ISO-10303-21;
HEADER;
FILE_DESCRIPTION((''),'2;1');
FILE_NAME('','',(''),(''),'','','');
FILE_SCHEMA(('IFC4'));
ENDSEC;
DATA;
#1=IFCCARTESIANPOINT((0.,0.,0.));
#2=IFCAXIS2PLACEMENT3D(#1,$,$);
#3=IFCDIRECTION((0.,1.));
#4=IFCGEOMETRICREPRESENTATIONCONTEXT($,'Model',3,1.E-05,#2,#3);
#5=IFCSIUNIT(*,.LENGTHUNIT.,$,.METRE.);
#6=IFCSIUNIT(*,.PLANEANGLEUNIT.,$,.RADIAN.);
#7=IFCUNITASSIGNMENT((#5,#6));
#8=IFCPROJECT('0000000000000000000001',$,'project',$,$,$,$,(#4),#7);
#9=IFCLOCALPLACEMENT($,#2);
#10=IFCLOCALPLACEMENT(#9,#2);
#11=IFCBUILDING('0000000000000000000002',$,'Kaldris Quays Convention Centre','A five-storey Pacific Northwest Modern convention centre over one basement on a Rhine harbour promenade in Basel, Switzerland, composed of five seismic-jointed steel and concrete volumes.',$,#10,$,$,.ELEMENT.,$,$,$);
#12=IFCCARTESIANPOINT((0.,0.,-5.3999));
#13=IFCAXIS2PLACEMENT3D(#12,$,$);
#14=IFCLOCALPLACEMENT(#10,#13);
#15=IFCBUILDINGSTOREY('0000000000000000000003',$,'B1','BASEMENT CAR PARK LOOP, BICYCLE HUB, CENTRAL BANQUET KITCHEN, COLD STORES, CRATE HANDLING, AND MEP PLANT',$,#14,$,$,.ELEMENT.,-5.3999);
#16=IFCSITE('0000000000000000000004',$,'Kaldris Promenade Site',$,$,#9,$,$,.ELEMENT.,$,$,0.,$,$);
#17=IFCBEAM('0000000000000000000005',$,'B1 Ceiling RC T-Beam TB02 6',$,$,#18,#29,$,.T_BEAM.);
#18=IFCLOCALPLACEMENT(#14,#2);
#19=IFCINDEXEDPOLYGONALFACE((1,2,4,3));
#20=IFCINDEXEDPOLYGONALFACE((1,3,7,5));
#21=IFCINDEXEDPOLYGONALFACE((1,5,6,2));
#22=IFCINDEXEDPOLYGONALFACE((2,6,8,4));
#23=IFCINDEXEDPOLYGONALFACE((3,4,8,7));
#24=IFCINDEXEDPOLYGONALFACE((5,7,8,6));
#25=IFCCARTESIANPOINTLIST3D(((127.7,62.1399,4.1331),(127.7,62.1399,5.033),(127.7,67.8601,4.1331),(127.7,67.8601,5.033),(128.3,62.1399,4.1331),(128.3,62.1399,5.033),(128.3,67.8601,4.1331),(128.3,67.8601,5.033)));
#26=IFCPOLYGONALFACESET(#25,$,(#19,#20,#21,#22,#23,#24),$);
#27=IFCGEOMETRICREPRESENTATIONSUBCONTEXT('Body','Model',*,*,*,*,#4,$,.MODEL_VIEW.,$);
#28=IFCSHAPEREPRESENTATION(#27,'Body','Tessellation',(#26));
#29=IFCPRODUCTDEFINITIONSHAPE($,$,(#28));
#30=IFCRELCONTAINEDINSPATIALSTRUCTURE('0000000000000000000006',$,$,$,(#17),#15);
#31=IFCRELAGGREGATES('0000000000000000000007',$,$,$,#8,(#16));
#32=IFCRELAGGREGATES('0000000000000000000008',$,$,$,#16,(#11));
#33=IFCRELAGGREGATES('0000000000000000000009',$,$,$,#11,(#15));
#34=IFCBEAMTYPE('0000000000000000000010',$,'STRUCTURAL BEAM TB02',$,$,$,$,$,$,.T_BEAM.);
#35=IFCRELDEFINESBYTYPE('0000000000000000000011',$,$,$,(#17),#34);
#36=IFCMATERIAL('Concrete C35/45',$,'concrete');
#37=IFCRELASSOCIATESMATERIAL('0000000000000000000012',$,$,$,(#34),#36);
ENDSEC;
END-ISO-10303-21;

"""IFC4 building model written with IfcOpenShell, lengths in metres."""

from ifc_helpers import new_model, si_unit, direction, frame, origin, origin_2d, place, context, subcontext, project, spatial, rectangle, extrude, material, material_profile, profile_set, type_object, element, save


model = new_model("IFC4")

# Units and contexts
model_context = context("Model", 3, precision=1e-05, world=origin(), true_north=direction((0.0, 1.0)))
body_context = subcontext(model_context, "Body", "Model", "MODEL_VIEW")
ifc_project = project(units=[si_unit("LENGTHUNIT", "METRE"), si_unit("PLANEANGLEUNIT", "RADIAN")], contexts=[model_context])

# Site, building, storey
site_placement = place(None, origin())
site = spatial("IfcSite", under=ifc_project, at=site_placement, Name="Kaldris Promenade Site", CompositionType="ELEMENT", RefElevation=0.0)
building_placement = place(site_placement, origin())
building = spatial("IfcBuilding", under=site, at=building_placement, Name="Kaldris Quays Convention Centre", Description="A five-storey Pacific Northwest Modern convention centre over one basement on a Rhine harbour promenade in Basel, Switzerland, composed of five seismic-jointed steel and concrete volumes.", CompositionType="ELEMENT")
storey_placement = place(building_placement, frame((0.0, 0.0, -5.3999)))
storey = spatial("IfcBuildingStorey", under=building, at=storey_placement, Name="B1", Description="BASEMENT CAR PARK LOOP, BICYCLE HUB, CENTRAL BANQUET KITCHEN, COLD STORES, CRATE HANDLING, AND MEP PLANT", CompositionType="ELEMENT", Elevation=-5.3999)

# Shared definitions
ifc_material_1 = material(Name="Concrete C35/45", Category="concrete")

# Beam
ifc_material_profile_1 = material_profile(ifc_material_1, rectangle(XDim=0.6001, YDim=0.8999, at=origin_2d()), Name="RC 600x900")
ifc_profile_set_1 = profile_set([ifc_material_profile_1], Name="Concrete C35/45")
beam_type_1 = type_object("IfcBeamType", Name="STRUCTURAL BEAM TB02", PredefinedType="T_BEAM", material=ifc_profile_set_1)
beam_1_placement = place(storey_placement, frame((128.0, 62.1399, 4.583), z_axis=(0.0, 1.0, 0.0), x_axis=(-1.0, 0.0, 0.0)))
element("IfcBeam", 1, at=beam_1_placement, inside=storey, type_object=beam_type_1, Name="B1 Ceiling RC T-Beam TB02 6", PredefinedType="T_BEAM", context=body_context, shape_type="SweptSolid", body=[
    extrude(rectangle(XDim=0.6001, YDim=0.8999, at=origin_2d()), origin(), (0.0, 0.0, 1.0), 5.7202),
])

save(model, "model.ifc")
